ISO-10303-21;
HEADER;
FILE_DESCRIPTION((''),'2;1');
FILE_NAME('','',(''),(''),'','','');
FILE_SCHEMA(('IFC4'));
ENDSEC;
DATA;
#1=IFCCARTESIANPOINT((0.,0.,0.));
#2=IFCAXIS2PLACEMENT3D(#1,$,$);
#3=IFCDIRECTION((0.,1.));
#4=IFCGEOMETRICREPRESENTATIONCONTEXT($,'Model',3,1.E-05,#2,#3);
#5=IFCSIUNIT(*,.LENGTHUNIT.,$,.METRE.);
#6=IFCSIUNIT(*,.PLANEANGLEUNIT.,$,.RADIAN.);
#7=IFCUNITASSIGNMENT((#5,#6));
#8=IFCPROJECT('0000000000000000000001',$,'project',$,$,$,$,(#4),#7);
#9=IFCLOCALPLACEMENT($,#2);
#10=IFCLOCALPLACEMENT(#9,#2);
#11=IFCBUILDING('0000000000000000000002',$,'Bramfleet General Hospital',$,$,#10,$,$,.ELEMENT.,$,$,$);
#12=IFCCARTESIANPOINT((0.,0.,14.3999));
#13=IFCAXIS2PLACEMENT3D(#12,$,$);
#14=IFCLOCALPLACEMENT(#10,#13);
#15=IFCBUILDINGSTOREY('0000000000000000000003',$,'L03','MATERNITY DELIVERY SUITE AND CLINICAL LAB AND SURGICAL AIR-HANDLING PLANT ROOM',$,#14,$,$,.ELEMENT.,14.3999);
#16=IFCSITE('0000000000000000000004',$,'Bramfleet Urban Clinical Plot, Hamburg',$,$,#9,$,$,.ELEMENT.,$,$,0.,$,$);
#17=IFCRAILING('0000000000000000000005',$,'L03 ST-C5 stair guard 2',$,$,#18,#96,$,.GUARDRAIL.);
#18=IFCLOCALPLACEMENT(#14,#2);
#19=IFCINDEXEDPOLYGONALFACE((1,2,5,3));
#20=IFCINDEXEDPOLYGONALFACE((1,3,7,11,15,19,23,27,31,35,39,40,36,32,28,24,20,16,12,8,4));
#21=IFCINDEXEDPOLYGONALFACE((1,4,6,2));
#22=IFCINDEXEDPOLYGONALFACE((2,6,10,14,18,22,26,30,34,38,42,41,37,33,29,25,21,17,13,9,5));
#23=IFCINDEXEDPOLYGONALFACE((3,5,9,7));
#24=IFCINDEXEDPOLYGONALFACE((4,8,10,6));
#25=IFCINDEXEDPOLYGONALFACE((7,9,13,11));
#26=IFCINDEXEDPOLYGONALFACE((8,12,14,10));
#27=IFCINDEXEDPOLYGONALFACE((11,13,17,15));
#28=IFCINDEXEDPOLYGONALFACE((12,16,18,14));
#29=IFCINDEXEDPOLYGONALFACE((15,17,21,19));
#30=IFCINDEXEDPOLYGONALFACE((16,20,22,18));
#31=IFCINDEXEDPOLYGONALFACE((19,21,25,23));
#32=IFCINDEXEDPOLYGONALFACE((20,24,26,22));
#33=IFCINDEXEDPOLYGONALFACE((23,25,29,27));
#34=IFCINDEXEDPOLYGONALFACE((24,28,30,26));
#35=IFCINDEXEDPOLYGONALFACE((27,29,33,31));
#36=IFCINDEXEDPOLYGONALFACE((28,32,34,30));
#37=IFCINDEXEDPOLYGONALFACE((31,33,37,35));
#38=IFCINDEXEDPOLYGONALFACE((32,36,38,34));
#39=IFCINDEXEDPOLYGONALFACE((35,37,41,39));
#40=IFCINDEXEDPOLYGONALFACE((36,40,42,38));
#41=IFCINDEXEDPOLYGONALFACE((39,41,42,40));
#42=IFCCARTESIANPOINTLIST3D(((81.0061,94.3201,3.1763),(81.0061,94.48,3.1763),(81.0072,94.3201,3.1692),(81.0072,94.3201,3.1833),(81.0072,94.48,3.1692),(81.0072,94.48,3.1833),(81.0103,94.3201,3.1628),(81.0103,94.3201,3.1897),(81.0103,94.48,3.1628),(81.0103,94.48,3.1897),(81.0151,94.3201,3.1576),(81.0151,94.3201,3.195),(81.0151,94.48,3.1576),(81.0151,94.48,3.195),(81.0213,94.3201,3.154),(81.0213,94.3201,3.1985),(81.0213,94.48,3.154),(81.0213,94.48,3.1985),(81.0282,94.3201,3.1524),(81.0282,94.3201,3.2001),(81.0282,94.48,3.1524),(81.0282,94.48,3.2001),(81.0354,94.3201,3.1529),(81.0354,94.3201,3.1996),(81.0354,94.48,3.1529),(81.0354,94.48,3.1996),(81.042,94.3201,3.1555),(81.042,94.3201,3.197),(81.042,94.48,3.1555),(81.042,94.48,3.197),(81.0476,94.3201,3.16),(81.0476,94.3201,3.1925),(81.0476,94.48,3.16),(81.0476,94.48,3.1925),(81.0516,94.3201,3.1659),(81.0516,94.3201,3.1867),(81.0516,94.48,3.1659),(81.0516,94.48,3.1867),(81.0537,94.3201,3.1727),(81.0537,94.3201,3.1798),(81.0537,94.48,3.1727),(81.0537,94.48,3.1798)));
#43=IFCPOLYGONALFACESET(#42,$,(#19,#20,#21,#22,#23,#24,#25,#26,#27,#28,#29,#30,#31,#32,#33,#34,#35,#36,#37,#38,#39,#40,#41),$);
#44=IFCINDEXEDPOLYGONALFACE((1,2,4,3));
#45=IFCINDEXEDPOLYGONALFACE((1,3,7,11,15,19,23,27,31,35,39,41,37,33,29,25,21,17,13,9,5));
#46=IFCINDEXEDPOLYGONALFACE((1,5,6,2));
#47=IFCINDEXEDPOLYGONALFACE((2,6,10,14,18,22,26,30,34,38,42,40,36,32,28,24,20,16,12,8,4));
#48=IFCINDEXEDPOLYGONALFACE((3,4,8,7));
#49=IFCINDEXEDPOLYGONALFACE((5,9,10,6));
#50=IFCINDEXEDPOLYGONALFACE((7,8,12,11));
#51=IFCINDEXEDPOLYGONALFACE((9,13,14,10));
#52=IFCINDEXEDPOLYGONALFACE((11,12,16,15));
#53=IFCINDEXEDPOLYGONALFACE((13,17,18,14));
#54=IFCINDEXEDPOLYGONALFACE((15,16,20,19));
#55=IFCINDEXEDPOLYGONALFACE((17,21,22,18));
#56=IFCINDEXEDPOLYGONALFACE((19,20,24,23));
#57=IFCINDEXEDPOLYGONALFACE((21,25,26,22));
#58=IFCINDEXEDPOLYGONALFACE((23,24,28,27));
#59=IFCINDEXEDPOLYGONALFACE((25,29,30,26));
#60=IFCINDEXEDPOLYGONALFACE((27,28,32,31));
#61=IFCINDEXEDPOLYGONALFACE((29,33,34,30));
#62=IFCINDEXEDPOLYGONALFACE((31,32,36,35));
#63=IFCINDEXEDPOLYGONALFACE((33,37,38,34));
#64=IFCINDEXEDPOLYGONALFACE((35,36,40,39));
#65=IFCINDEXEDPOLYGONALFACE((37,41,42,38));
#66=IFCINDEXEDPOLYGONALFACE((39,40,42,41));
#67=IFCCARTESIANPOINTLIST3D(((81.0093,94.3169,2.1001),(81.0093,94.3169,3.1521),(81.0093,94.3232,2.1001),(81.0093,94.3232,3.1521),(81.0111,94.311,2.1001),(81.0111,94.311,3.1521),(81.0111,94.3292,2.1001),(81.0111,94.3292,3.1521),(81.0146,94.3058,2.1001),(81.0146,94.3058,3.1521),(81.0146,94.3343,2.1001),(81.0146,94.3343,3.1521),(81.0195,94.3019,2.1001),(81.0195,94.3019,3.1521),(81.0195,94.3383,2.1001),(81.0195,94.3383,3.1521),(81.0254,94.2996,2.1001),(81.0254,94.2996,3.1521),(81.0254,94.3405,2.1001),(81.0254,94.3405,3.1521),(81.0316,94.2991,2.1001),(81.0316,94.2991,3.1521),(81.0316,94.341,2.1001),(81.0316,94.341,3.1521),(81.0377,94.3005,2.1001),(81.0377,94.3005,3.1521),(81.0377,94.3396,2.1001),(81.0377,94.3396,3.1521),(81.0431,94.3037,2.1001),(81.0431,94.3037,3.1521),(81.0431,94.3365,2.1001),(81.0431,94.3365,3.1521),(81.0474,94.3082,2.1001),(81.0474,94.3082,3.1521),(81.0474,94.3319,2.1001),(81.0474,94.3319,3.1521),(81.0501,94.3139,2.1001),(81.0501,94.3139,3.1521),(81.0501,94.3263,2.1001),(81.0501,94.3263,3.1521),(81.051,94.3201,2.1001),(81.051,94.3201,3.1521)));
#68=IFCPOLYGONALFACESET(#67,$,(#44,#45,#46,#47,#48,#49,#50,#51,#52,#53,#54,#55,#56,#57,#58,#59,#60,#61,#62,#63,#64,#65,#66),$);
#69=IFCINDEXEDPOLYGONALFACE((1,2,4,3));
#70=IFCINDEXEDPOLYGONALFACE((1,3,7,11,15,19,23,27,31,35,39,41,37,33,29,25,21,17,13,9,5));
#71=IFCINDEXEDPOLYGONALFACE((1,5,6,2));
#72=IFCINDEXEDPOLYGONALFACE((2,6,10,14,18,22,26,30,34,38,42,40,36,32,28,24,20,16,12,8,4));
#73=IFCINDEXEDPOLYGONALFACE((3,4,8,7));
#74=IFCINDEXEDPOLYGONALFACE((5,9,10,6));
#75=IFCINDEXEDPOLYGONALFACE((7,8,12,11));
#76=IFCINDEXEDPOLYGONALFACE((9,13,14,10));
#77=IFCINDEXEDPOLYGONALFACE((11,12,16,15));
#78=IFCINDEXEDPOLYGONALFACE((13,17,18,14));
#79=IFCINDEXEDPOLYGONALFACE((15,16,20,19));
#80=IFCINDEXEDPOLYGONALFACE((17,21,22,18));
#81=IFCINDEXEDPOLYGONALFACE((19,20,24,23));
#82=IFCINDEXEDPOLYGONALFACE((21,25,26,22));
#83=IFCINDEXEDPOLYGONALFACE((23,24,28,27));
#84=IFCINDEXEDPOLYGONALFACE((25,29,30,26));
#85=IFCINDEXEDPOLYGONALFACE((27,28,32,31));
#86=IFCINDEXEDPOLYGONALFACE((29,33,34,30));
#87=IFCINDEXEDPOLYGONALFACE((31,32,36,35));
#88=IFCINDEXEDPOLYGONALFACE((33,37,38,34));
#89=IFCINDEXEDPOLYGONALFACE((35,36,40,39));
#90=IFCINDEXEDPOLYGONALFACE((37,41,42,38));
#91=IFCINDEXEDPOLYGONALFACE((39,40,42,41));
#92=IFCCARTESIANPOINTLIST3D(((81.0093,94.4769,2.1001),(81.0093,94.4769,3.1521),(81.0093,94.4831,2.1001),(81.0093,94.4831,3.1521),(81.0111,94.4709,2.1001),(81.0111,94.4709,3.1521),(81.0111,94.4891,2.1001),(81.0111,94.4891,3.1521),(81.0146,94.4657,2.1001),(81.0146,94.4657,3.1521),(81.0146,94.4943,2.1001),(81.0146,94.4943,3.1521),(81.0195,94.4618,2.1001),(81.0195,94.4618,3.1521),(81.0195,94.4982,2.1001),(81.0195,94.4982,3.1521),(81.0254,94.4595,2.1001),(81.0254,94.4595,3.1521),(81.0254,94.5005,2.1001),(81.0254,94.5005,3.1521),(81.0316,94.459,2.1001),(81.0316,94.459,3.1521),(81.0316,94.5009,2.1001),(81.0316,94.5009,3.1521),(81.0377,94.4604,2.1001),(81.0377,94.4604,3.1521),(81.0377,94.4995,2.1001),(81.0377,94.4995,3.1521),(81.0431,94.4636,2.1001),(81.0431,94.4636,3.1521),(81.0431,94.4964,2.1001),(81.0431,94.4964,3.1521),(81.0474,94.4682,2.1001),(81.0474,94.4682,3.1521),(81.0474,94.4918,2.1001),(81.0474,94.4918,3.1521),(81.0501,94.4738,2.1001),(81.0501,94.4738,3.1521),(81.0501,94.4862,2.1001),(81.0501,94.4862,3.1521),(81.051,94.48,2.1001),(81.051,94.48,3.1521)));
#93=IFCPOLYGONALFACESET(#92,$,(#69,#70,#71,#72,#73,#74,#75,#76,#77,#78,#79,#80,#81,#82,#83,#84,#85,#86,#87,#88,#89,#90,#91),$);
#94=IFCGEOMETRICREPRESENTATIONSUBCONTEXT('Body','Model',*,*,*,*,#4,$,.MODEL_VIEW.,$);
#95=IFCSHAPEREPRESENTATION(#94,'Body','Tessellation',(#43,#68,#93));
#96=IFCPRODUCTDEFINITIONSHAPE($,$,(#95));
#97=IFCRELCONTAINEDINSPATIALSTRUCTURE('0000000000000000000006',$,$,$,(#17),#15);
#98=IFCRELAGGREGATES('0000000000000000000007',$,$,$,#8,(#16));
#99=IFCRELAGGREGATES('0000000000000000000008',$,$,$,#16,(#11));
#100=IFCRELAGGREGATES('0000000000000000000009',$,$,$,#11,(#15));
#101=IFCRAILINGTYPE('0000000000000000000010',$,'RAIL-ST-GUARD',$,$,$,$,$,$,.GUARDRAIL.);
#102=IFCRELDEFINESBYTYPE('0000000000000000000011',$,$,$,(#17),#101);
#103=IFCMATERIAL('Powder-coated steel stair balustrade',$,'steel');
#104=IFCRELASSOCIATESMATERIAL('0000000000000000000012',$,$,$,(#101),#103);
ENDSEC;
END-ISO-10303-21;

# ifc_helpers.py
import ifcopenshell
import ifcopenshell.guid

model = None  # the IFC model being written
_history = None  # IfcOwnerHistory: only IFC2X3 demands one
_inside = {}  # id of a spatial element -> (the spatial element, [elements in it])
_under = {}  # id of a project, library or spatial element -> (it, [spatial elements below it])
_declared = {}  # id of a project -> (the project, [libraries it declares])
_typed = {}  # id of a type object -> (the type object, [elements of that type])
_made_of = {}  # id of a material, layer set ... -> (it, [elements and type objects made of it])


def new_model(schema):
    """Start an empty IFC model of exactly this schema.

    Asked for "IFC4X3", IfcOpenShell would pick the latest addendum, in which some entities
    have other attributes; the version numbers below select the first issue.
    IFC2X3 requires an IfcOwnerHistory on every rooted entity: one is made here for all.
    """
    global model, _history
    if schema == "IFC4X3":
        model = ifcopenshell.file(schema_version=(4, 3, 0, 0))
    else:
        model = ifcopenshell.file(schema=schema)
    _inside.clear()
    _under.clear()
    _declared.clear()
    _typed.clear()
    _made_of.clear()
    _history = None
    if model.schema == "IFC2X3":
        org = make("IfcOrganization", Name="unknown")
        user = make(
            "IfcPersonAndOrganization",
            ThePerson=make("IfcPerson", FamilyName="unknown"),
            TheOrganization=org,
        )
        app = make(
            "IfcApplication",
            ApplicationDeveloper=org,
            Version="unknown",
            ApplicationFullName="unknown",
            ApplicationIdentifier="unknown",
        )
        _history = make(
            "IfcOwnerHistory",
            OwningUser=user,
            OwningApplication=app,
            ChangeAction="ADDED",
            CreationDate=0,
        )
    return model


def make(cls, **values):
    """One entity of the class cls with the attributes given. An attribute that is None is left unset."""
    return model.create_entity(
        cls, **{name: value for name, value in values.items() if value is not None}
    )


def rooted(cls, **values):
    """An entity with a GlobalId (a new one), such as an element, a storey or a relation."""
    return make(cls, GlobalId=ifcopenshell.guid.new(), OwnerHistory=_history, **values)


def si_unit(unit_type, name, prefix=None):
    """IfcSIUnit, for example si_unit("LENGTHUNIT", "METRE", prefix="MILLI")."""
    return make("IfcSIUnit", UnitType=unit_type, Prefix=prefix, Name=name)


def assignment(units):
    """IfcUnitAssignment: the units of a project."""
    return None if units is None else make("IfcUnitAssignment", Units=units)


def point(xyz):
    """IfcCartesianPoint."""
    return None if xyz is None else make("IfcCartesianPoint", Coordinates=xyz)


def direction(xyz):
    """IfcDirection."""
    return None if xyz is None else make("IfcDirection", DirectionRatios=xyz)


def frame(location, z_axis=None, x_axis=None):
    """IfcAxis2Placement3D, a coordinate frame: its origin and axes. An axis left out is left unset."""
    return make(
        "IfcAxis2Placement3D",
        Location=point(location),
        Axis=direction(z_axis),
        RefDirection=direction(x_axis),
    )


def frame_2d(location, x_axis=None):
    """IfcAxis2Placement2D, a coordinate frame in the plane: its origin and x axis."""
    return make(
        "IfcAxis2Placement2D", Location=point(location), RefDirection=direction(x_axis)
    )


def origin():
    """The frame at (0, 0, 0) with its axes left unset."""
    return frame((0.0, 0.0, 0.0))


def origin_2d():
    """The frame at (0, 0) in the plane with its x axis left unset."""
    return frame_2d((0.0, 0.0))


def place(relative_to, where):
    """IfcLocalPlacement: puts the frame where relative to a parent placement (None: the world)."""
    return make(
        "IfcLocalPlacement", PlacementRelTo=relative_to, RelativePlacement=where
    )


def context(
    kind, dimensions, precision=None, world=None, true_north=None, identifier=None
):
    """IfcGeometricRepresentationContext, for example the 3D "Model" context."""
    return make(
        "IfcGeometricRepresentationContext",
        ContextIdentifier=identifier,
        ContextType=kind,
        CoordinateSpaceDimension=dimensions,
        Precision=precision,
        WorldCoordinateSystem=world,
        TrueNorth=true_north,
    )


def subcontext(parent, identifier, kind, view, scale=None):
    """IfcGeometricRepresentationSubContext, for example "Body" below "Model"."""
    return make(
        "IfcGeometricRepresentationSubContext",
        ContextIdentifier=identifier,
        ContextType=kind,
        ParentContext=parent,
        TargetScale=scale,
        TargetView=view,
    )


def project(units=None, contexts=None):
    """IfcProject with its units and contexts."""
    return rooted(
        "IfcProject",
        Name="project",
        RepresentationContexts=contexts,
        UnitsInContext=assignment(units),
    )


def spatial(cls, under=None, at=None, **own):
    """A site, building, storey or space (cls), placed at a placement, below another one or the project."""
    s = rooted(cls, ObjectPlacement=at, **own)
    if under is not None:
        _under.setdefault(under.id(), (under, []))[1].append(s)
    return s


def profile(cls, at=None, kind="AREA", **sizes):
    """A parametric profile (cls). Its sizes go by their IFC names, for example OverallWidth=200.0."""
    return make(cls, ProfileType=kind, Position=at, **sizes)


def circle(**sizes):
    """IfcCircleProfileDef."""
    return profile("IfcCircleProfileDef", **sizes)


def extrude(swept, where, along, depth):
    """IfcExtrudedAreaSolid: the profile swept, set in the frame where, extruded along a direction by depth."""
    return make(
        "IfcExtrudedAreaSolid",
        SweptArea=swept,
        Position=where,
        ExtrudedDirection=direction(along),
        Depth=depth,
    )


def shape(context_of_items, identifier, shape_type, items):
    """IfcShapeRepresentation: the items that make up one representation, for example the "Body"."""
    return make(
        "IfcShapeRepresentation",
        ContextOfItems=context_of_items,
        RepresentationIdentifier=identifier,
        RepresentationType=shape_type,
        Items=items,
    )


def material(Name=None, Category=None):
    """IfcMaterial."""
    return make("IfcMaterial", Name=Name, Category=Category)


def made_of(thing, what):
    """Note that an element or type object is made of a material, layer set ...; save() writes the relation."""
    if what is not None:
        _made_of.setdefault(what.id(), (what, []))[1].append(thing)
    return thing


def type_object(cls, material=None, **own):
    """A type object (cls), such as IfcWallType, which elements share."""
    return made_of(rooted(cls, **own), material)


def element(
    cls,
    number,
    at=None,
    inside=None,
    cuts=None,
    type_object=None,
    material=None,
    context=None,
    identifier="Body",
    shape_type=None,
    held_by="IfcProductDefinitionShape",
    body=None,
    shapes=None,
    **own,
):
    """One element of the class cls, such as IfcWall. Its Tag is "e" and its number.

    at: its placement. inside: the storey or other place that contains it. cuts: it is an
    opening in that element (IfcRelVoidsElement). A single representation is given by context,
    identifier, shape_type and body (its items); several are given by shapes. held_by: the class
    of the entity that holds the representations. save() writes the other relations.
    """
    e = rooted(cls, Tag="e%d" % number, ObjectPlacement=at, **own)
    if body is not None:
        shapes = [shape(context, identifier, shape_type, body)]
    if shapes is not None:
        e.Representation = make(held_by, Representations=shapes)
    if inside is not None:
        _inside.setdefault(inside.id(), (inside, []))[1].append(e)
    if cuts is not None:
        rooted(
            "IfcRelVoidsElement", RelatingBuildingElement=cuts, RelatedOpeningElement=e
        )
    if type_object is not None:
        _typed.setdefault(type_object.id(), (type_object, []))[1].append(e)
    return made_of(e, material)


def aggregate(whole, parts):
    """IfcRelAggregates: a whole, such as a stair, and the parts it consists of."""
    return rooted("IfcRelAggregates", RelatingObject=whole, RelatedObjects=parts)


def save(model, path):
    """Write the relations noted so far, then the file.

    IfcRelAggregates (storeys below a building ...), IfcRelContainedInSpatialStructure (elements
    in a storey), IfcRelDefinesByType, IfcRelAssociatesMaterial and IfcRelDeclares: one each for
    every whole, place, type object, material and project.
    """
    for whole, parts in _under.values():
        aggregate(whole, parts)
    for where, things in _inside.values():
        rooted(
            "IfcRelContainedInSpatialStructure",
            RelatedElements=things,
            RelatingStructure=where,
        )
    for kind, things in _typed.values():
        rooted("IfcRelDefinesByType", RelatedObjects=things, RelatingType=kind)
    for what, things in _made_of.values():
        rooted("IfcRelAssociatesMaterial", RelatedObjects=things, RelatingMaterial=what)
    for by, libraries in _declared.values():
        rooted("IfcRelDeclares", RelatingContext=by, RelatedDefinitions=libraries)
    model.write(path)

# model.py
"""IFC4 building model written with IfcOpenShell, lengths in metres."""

from ifc_helpers import new_model, si_unit, direction, frame, origin, origin_2d, place, context, subcontext, project, spatial, circle, extrude, material, type_object, element, save


model = new_model("IFC4")

# Units and contexts
model_context = context("Model", 3, precision=1e-05, world=origin(), true_north=direction((0.0, 1.0)))
body_context = subcontext(model_context, "Body", "Model", "MODEL_VIEW")
ifc_project = project(units=[si_unit("LENGTHUNIT", "METRE"), si_unit("PLANEANGLEUNIT", "RADIAN")], contexts=[model_context])

# Site, building, storey
site_placement = place(None, origin())
site = spatial("IfcSite", under=ifc_project, at=site_placement, Name="Bramfleet Urban Clinical Plot, Hamburg", CompositionType="ELEMENT", RefElevation=0.0)
building_placement = place(site_placement, origin())
building = spatial("IfcBuilding", under=site, at=building_placement, Name="Bramfleet General Hospital", CompositionType="ELEMENT")
storey_placement = place(building_placement, frame((0.0, 0.0, 14.3999)))
storey = spatial("IfcBuildingStorey", under=building, at=storey_placement, Name="L03", Description="MATERNITY DELIVERY SUITE AND CLINICAL LAB AND SURGICAL AIR-HANDLING PLANT ROOM", CompositionType="ELEMENT", Elevation=14.3999)

# Railing
ifc_material_1 = material(Name="Powder-coated steel stair balustrade", Category="steel")
railing_type_1 = type_object("IfcRailingType", Name="RAIL-ST-GUARD", PredefinedType="GUARDRAIL", material=ifc_material_1)
railing_1_placement = place(storey_placement, frame((81.03, 94.3201, 2.1001)))
element("IfcRailing", 1, at=railing_1_placement, inside=storey, type_object=railing_type_1, Name="L03 ST-C5 stair guard 2", PredefinedType="GUARDRAIL", context=body_context, shape_type="SweptSolid", body=[
    extrude(circle(Radius=0.0239, at=origin_2d()), frame((0.0, 0.0, 1.0762), z_axis=(0.0, 1.0, 0.0), x_axis=(-1.0, 0.0, 0.0)), (0.0, 0.0, 1.0), 0.1599),
    extrude(circle(Radius=0.021, at=origin_2d()), origin(), (0.0, 0.0, 1.0), 1.052),
    extrude(circle(Radius=0.021, at=origin_2d()), frame((0.0, 0.1599, 0.0)), (0.0, 0.0, 1.0), 1.052),
])

save(model, "model.ifc")
